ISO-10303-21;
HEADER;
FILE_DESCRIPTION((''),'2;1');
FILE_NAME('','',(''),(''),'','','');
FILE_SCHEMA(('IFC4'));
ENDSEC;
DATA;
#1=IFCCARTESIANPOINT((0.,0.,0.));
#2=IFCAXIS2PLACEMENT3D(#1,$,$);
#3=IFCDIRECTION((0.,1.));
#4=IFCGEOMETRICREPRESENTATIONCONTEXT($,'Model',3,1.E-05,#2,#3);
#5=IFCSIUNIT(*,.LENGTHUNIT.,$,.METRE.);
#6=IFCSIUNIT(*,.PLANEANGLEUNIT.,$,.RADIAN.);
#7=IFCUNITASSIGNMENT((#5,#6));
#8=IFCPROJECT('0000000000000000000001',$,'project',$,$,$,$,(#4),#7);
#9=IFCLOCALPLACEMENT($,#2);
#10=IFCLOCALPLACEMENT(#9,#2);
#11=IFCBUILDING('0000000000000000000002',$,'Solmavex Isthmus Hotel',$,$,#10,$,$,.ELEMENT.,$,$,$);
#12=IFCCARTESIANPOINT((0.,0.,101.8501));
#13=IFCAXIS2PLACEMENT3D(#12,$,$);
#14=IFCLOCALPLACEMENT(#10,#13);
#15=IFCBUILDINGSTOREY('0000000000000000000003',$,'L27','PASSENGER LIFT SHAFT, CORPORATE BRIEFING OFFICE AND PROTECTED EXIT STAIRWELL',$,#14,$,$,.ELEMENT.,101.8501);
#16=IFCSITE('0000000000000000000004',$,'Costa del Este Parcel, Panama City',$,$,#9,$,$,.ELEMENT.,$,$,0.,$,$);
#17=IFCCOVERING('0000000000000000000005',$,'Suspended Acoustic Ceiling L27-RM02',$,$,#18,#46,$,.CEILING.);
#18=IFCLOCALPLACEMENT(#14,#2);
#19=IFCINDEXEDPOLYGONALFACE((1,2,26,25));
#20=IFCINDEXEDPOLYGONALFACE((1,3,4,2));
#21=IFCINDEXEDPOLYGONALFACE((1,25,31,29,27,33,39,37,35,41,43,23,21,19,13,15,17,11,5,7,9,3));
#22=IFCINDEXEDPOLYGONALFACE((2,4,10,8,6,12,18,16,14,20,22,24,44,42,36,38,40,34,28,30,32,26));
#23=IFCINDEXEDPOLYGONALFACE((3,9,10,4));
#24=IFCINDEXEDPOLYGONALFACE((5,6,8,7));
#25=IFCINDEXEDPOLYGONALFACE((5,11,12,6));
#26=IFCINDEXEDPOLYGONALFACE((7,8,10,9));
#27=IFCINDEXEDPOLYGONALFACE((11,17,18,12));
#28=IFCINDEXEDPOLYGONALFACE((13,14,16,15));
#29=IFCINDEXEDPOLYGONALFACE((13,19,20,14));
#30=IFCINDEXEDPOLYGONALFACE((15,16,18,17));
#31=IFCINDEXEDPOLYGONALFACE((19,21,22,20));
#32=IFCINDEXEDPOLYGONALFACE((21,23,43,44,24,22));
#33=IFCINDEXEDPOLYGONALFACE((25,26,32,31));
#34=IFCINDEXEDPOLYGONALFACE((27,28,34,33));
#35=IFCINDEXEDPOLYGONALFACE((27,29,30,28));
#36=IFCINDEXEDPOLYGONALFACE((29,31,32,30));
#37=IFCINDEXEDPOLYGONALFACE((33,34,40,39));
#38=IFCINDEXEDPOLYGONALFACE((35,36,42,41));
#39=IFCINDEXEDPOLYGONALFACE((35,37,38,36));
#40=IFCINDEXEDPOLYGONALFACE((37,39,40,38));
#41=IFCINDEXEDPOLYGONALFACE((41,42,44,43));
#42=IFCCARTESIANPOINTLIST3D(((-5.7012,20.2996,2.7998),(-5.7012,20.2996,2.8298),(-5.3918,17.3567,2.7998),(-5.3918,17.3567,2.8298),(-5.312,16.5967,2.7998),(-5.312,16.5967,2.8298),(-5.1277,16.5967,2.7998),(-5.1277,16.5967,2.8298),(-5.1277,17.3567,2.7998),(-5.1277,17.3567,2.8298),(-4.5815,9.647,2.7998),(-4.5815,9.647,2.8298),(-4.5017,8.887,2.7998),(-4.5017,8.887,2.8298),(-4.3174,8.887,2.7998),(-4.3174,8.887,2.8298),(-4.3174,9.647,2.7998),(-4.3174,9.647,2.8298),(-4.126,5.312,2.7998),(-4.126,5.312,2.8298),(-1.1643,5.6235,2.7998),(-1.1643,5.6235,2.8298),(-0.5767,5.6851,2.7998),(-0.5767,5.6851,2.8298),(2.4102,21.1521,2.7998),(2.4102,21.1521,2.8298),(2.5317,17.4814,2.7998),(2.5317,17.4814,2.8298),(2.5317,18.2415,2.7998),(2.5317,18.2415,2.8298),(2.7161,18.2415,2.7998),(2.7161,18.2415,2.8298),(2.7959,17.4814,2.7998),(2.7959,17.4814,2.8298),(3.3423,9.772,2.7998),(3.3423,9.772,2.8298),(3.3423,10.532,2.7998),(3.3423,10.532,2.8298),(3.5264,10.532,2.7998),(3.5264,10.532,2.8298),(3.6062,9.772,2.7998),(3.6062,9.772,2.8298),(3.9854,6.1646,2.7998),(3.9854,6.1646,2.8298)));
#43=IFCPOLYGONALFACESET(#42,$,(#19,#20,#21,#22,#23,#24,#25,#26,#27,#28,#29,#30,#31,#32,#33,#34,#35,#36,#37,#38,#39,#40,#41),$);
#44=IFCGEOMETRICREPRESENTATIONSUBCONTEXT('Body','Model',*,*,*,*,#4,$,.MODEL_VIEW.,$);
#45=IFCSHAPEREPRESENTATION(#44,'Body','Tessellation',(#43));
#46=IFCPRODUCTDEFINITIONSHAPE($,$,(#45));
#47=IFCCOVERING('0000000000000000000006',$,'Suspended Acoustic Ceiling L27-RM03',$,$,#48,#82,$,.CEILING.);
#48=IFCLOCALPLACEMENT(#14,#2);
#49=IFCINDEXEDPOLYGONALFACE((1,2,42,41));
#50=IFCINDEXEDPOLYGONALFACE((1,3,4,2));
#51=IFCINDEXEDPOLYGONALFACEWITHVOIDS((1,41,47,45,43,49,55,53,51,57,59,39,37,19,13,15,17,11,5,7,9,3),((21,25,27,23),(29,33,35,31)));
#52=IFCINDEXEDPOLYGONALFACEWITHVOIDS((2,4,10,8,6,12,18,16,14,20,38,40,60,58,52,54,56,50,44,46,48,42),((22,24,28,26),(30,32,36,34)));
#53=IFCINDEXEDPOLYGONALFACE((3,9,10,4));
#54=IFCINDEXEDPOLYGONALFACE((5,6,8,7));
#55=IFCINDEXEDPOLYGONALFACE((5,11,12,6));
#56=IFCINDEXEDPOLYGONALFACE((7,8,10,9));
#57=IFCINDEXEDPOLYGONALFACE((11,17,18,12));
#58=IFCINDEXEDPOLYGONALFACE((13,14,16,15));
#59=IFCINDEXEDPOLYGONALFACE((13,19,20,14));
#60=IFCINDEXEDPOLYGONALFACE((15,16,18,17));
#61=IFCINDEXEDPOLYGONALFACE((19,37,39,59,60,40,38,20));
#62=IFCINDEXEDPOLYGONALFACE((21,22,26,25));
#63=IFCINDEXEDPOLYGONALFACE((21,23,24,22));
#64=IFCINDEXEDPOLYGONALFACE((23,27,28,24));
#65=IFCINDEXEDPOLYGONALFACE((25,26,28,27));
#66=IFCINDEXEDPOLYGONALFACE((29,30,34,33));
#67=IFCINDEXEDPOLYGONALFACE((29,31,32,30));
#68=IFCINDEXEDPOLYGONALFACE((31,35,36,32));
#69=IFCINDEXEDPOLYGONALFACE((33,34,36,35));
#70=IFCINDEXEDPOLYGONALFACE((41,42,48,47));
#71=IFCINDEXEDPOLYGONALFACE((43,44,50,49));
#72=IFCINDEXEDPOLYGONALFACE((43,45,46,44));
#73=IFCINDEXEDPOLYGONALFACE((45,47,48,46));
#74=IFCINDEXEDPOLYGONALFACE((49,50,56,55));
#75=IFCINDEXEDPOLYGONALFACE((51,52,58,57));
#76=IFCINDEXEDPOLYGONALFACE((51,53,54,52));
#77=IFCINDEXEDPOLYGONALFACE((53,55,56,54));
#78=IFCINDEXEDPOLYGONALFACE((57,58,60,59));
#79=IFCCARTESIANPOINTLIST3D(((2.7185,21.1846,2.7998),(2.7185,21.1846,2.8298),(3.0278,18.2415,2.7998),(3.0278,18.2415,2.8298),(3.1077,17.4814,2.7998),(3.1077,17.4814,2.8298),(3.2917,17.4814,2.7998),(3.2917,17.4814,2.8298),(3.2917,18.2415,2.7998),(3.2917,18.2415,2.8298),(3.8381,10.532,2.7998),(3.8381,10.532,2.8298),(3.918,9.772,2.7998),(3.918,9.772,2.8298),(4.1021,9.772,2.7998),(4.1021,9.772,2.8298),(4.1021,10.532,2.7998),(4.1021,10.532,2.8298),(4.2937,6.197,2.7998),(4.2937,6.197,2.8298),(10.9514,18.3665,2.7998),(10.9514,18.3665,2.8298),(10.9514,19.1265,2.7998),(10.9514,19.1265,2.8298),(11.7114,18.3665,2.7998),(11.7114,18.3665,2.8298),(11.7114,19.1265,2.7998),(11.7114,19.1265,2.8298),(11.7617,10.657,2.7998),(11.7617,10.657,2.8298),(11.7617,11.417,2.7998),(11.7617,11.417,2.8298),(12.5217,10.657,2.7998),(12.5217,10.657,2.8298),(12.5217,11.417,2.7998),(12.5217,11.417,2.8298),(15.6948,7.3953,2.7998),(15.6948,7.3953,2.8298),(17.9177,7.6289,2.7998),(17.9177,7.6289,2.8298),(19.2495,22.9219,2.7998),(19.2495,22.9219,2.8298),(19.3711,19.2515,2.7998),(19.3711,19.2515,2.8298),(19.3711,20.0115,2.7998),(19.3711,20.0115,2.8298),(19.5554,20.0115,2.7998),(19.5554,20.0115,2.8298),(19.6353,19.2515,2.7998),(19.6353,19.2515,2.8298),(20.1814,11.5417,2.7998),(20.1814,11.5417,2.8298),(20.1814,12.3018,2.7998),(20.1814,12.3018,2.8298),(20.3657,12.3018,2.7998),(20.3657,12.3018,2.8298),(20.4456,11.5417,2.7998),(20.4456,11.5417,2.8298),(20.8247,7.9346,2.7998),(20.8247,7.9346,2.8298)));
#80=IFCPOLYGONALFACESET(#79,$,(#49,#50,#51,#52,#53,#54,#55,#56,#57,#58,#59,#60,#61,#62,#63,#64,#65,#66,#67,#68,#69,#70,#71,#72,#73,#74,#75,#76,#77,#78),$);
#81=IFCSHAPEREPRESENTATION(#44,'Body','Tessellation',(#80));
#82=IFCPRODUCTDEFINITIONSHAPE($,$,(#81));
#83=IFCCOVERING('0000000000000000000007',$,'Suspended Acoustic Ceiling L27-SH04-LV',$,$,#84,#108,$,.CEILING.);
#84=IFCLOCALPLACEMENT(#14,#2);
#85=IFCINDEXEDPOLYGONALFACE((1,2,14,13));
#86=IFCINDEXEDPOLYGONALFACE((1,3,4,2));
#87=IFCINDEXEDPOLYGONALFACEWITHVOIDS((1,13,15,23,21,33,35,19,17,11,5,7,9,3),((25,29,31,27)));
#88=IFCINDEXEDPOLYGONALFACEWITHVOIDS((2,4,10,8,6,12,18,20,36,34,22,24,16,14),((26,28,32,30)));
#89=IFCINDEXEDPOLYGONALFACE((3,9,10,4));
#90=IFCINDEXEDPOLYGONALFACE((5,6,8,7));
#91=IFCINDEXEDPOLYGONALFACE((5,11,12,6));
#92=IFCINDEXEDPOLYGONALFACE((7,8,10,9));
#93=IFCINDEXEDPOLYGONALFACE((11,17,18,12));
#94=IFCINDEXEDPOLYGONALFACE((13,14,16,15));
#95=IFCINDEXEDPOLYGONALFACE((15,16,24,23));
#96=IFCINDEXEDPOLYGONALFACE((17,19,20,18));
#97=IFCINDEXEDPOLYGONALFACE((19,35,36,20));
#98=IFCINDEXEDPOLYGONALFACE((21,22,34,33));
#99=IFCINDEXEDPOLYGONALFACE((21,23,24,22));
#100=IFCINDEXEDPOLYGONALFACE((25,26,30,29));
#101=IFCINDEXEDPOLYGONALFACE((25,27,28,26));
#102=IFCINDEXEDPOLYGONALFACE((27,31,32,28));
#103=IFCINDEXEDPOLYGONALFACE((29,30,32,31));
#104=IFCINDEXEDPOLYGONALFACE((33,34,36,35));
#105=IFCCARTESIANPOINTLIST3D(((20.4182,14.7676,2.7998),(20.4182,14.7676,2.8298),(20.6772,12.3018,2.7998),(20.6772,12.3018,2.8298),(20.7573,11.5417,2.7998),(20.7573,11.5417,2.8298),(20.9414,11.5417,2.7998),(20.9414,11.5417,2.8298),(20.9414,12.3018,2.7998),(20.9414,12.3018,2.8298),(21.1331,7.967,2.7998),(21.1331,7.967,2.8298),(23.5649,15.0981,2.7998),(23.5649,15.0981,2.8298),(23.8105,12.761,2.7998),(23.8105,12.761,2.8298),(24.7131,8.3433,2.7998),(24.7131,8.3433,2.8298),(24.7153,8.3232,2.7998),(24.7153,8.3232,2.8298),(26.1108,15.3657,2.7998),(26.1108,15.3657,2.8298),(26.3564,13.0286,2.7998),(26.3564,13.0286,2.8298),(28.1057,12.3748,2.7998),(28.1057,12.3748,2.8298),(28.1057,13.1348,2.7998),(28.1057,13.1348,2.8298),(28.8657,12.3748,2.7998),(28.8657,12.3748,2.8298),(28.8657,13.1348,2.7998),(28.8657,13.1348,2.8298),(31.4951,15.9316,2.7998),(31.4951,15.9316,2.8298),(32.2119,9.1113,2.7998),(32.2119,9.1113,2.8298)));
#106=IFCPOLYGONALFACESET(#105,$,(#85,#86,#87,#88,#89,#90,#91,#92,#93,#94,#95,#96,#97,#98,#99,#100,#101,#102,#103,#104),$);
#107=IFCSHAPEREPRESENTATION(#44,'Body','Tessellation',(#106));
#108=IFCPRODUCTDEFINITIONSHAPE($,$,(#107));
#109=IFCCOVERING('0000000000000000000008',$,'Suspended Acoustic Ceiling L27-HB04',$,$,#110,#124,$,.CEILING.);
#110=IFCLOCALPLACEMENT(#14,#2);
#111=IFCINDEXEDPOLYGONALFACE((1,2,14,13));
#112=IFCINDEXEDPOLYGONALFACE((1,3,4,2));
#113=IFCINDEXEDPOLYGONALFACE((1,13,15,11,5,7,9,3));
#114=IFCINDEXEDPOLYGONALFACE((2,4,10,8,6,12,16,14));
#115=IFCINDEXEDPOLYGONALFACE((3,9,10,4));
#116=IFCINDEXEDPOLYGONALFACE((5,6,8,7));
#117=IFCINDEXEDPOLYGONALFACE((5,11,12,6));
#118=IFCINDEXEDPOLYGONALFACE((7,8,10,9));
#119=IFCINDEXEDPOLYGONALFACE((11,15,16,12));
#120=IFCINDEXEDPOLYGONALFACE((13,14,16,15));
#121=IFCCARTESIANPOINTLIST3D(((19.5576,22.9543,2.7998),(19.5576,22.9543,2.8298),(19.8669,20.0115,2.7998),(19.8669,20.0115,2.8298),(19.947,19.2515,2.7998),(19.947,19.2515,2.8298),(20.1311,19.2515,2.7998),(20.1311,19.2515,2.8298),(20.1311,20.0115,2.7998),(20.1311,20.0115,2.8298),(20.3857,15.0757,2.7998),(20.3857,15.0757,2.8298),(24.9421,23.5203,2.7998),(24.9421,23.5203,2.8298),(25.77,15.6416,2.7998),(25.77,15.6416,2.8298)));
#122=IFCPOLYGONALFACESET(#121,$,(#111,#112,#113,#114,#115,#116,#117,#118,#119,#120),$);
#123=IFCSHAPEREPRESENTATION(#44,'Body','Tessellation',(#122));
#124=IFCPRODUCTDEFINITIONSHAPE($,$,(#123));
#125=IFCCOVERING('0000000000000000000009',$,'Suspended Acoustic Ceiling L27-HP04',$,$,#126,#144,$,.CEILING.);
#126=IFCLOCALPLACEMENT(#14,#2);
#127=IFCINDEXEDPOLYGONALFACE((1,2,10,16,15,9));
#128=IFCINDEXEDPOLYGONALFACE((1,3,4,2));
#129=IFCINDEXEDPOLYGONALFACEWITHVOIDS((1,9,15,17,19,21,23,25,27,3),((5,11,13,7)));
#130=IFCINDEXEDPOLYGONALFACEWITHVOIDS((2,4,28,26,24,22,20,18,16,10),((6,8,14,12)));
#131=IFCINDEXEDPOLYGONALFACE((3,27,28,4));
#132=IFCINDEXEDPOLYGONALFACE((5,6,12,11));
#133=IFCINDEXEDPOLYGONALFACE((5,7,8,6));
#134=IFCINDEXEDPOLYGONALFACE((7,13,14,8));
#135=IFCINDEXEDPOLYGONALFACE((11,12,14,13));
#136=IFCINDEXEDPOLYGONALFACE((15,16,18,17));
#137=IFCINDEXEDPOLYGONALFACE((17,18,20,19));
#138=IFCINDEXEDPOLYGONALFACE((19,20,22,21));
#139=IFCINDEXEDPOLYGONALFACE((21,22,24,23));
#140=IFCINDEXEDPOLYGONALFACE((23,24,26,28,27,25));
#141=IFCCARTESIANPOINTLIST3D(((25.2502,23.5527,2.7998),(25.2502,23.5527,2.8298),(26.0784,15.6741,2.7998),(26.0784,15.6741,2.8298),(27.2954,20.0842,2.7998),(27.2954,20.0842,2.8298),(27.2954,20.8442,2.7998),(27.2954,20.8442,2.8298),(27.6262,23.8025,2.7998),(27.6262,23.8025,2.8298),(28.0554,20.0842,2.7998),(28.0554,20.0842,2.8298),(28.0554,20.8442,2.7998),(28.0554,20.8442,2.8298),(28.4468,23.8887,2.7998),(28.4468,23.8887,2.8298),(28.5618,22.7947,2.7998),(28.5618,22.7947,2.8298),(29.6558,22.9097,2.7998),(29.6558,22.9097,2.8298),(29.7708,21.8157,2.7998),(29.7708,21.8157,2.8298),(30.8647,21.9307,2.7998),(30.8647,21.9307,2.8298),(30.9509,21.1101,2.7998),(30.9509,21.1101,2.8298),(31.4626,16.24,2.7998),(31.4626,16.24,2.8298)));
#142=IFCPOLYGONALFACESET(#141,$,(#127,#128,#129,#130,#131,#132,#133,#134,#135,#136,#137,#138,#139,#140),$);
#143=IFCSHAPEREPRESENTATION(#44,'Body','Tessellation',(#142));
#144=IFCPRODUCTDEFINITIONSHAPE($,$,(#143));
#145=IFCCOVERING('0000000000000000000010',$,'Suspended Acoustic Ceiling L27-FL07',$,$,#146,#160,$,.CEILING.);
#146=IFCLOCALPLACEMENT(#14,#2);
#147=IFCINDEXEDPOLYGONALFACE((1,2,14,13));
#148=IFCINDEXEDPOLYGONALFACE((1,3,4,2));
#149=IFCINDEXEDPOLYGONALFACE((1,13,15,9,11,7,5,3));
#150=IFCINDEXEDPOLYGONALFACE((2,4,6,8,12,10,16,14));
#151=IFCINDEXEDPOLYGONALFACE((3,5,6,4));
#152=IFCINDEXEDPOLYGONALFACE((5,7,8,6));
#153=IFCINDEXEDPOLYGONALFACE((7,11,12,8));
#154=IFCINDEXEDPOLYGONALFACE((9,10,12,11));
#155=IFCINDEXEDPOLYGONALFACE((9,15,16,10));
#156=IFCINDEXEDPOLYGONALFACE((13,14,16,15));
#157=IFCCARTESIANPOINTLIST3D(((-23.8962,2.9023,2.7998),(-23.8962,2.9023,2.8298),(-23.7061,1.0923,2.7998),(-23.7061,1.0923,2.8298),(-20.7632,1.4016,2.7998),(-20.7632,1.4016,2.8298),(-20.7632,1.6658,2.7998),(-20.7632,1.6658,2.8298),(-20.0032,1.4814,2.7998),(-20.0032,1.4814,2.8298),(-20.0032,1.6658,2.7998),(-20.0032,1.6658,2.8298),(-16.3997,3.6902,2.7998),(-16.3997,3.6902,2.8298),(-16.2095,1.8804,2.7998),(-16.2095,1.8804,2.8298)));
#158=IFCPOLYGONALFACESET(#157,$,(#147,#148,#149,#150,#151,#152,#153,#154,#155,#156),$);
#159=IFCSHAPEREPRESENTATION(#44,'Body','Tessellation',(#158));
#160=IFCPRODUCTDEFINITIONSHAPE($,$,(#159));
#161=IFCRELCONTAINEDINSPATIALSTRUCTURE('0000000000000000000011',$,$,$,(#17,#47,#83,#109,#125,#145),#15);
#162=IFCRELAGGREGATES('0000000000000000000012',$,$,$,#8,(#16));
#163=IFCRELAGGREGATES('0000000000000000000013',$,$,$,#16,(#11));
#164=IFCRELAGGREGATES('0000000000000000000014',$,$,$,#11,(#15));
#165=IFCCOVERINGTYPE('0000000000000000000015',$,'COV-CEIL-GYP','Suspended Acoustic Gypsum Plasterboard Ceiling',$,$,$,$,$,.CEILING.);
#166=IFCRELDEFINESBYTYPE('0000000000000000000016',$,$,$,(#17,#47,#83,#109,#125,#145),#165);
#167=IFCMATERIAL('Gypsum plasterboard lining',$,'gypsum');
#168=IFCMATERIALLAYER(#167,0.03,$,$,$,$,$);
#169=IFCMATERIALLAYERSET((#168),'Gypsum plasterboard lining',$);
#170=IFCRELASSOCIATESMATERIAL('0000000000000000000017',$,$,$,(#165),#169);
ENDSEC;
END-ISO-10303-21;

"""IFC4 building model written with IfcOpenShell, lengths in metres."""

from ifc_helpers import new_model, si_unit, direction, frame, origin, place, context, subcontext, project, spatial, polyline, outline, extrude, material, layer, layer_set, type_object, element, save


model = new_model("IFC4")

# Units and contexts
model_context = context("Model", 3, precision=1e-05, world=origin(), true_north=direction((0.0, 1.0)))
body_context = subcontext(model_context, "Body", "Model", "MODEL_VIEW")
ifc_project = project(units=[si_unit("LENGTHUNIT", "METRE"), si_unit("PLANEANGLEUNIT", "RADIAN")], contexts=[model_context])

# Site, building, storey
site_placement = place(None, origin())
site = spatial("IfcSite", under=ifc_project, at=site_placement, Name="Costa del Este Parcel, Panama City", CompositionType="ELEMENT", RefElevation=0.0)
building_placement = place(site_placement, origin())
building = spatial("IfcBuilding", under=site, at=building_placement, Name="Solmavex Isthmus Hotel", CompositionType="ELEMENT")
storey_placement = place(building_placement, frame((0.0, 0.0, 101.8501)))
storey = spatial("IfcBuildingStorey", under=building, at=storey_placement, Name="L27", Description="PASSENGER LIFT SHAFT, CORPORATE BRIEFING OFFICE AND PROTECTED EXIT STAIRWELL", CompositionType="ELEMENT", Elevation=101.8501)

# Coverings
ifc_material_1 = material(Name="Gypsum plasterboard lining", Category="gypsum")
ifc_layer_1 = layer(ifc_material_1, 0.03)
ifc_layer_set_1 = layer_set([ifc_layer_1], Name="Gypsum plasterboard lining")
covering_type_1 = type_object("IfcCoveringType", Name="COV-CEIL-GYP", Description="Suspended Acoustic Gypsum Plasterboard Ceiling", PredefinedType="CEILING", material=ifc_layer_set_1)
covering_1_placement = place(storey_placement, frame((0.0, 0.0, 2.7998)))
element("IfcCovering", 1, at=covering_1_placement, inside=storey, type_object=covering_type_1, Name="Suspended Acoustic Ceiling L27-RM02", PredefinedType="CEILING", context=body_context, shape_type="SweptSolid", body=[
    extrude(outline(polyline([(-4.5815, 9.647), (-4.3174, 9.647), (-4.3174, 8.887), (-4.5017, 8.887), (-4.126, 5.312), (-1.1643, 5.6235), (-0.5767, 5.6851), (3.9854, 6.1646), (3.6062, 9.772), (3.3423, 9.772), (3.3423, 10.532), (3.5264, 10.532), (2.7959, 17.4814), (2.5317, 17.4814), (2.5317, 18.2415), (2.7161, 18.2415), (2.4102, 21.1521), (-5.7012, 20.2996), (-5.3918, 17.3567), (-5.1277, 17.3567), (-5.1277, 16.5967), (-5.312, 16.5967), (-4.5815, 9.647)])), origin(), (0.0, 0.0, 1.0), 0.03),
])
covering_2_placement = place(storey_placement, frame((0.0, 0.0, 2.7998)))
element("IfcCovering", 2, at=covering_2_placement, inside=storey, type_object=covering_type_1, Name="Suspended Acoustic Ceiling L27-RM03", PredefinedType="CEILING", context=body_context, shape_type="SweptSolid", body=[
    extrude(outline(polyline([(3.8381, 10.532), (4.1021, 10.532), (4.1021, 9.772), (3.918, 9.772), (4.2937, 6.197), (15.6948, 7.3953), (17.9177, 7.6289), (20.8247, 7.9346), (20.4456, 11.5417), (20.1814, 11.5417), (20.1814, 12.3018), (20.3657, 12.3018), (19.6353, 19.2515), (19.3711, 19.2515), (19.3711, 20.0115), (19.5554, 20.0115), (19.2495, 22.9219), (2.7185, 21.1846), (3.0278, 18.2415), (3.2917, 18.2415), (3.2917, 17.4814), (3.1077, 17.4814), (3.8381, 10.532)]), holes=[polyline([(11.7617, 10.657), (11.7617, 11.417), (12.5217, 11.417), (12.5217, 10.657), (11.7617, 10.657)]), polyline([(10.9514, 18.3665), (10.9514, 19.1265), (11.7114, 19.1265), (11.7114, 18.3665), (10.9514, 18.3665)])]), origin(), (0.0, 0.0, 1.0), 0.03),
])
covering_3_placement = place(storey_placement, frame((0.0, 0.0, 2.7998)))
element("IfcCovering", 3, at=covering_3_placement, inside=storey, type_object=covering_type_1, Name="Suspended Acoustic Ceiling L27-SH04-LV", PredefinedType="CEILING", context=body_context, shape_type="SweptSolid", body=[
    extrude(outline(polyline([(23.5649, 15.0981), (20.4182, 14.7676), (20.6772, 12.3018), (20.9414, 12.3018), (20.9414, 11.5417), (20.7573, 11.5417), (21.1331, 7.967), (24.7131, 8.3433), (24.7153, 8.3232), (32.2119, 9.1113), (31.4951, 15.9316), (26.1108, 15.3657), (26.3564, 13.0286), (23.8105, 12.761), (23.5649, 15.0981)]), holes=[polyline([(28.1057, 12.3748), (28.1057, 13.1348), (28.8657, 13.1348), (28.8657, 12.3748), (28.1057, 12.3748)])]), origin(), (0.0, 0.0, 1.0), 0.03),
])
covering_4_placement = place(storey_placement, frame((0.0, 0.0, 2.7998)))
element("IfcCovering", 4, at=covering_4_placement, inside=storey, type_object=covering_type_1, Name="Suspended Acoustic Ceiling L27-HB04", PredefinedType="CEILING", context=body_context, shape_type="SweptSolid", body=[
    extrude(outline(polyline([(19.8669, 20.0115), (20.1311, 20.0115), (20.1311, 19.2515), (19.947, 19.2515), (20.3857, 15.0757), (25.77, 15.6416), (24.9421, 23.5203), (19.5576, 22.9543), (19.8669, 20.0115)])), origin(), (0.0, 0.0, 1.0), 0.03),
])
covering_5_placement = place(storey_placement, frame((0.0, 0.0, 2.7998)))
element("IfcCovering", 5, at=covering_5_placement, inside=storey, type_object=covering_type_1, Name="Suspended Acoustic Ceiling L27-HP04", PredefinedType="CEILING", context=body_context, shape_type="SweptSolid", body=[
    extrude(outline(polyline([(30.8647, 21.9307), (29.7708, 21.8157), (29.6558, 22.9097), (28.5618, 22.7947), (28.4468, 23.8887), (27.6262, 23.8025), (25.2502, 23.5527), (26.0784, 15.6741), (31.4626, 16.24), (30.9509, 21.1101), (30.8647, 21.9307)]), holes=[polyline([(27.2954, 20.8442), (28.0554, 20.8442), (28.0554, 20.0842), (27.2954, 20.0842), (27.2954, 20.8442)])]), origin(), (0.0, 0.0, 1.0), 0.03),
])
covering_6_placement = place(storey_placement, frame((0.0, 0.0, 2.7998)))
element("IfcCovering", 6, at=covering_6_placement, inside=storey, type_object=covering_type_1, Name="Suspended Acoustic Ceiling L27-FL07", PredefinedType="CEILING", context=body_context, shape_type="SweptSolid", body=[
    extrude(outline(polyline([(-16.2095, 1.8804), (-16.3997, 3.6902), (-23.8962, 2.9023), (-23.7061, 1.0923), (-20.7632, 1.4016), (-20.7632, 1.6658), (-20.0032, 1.6658), (-20.0032, 1.4814), (-16.2095, 1.8804)])), origin(), (0.0, 0.0, 1.0), 0.03),
])

save(model, "model.ifc")
